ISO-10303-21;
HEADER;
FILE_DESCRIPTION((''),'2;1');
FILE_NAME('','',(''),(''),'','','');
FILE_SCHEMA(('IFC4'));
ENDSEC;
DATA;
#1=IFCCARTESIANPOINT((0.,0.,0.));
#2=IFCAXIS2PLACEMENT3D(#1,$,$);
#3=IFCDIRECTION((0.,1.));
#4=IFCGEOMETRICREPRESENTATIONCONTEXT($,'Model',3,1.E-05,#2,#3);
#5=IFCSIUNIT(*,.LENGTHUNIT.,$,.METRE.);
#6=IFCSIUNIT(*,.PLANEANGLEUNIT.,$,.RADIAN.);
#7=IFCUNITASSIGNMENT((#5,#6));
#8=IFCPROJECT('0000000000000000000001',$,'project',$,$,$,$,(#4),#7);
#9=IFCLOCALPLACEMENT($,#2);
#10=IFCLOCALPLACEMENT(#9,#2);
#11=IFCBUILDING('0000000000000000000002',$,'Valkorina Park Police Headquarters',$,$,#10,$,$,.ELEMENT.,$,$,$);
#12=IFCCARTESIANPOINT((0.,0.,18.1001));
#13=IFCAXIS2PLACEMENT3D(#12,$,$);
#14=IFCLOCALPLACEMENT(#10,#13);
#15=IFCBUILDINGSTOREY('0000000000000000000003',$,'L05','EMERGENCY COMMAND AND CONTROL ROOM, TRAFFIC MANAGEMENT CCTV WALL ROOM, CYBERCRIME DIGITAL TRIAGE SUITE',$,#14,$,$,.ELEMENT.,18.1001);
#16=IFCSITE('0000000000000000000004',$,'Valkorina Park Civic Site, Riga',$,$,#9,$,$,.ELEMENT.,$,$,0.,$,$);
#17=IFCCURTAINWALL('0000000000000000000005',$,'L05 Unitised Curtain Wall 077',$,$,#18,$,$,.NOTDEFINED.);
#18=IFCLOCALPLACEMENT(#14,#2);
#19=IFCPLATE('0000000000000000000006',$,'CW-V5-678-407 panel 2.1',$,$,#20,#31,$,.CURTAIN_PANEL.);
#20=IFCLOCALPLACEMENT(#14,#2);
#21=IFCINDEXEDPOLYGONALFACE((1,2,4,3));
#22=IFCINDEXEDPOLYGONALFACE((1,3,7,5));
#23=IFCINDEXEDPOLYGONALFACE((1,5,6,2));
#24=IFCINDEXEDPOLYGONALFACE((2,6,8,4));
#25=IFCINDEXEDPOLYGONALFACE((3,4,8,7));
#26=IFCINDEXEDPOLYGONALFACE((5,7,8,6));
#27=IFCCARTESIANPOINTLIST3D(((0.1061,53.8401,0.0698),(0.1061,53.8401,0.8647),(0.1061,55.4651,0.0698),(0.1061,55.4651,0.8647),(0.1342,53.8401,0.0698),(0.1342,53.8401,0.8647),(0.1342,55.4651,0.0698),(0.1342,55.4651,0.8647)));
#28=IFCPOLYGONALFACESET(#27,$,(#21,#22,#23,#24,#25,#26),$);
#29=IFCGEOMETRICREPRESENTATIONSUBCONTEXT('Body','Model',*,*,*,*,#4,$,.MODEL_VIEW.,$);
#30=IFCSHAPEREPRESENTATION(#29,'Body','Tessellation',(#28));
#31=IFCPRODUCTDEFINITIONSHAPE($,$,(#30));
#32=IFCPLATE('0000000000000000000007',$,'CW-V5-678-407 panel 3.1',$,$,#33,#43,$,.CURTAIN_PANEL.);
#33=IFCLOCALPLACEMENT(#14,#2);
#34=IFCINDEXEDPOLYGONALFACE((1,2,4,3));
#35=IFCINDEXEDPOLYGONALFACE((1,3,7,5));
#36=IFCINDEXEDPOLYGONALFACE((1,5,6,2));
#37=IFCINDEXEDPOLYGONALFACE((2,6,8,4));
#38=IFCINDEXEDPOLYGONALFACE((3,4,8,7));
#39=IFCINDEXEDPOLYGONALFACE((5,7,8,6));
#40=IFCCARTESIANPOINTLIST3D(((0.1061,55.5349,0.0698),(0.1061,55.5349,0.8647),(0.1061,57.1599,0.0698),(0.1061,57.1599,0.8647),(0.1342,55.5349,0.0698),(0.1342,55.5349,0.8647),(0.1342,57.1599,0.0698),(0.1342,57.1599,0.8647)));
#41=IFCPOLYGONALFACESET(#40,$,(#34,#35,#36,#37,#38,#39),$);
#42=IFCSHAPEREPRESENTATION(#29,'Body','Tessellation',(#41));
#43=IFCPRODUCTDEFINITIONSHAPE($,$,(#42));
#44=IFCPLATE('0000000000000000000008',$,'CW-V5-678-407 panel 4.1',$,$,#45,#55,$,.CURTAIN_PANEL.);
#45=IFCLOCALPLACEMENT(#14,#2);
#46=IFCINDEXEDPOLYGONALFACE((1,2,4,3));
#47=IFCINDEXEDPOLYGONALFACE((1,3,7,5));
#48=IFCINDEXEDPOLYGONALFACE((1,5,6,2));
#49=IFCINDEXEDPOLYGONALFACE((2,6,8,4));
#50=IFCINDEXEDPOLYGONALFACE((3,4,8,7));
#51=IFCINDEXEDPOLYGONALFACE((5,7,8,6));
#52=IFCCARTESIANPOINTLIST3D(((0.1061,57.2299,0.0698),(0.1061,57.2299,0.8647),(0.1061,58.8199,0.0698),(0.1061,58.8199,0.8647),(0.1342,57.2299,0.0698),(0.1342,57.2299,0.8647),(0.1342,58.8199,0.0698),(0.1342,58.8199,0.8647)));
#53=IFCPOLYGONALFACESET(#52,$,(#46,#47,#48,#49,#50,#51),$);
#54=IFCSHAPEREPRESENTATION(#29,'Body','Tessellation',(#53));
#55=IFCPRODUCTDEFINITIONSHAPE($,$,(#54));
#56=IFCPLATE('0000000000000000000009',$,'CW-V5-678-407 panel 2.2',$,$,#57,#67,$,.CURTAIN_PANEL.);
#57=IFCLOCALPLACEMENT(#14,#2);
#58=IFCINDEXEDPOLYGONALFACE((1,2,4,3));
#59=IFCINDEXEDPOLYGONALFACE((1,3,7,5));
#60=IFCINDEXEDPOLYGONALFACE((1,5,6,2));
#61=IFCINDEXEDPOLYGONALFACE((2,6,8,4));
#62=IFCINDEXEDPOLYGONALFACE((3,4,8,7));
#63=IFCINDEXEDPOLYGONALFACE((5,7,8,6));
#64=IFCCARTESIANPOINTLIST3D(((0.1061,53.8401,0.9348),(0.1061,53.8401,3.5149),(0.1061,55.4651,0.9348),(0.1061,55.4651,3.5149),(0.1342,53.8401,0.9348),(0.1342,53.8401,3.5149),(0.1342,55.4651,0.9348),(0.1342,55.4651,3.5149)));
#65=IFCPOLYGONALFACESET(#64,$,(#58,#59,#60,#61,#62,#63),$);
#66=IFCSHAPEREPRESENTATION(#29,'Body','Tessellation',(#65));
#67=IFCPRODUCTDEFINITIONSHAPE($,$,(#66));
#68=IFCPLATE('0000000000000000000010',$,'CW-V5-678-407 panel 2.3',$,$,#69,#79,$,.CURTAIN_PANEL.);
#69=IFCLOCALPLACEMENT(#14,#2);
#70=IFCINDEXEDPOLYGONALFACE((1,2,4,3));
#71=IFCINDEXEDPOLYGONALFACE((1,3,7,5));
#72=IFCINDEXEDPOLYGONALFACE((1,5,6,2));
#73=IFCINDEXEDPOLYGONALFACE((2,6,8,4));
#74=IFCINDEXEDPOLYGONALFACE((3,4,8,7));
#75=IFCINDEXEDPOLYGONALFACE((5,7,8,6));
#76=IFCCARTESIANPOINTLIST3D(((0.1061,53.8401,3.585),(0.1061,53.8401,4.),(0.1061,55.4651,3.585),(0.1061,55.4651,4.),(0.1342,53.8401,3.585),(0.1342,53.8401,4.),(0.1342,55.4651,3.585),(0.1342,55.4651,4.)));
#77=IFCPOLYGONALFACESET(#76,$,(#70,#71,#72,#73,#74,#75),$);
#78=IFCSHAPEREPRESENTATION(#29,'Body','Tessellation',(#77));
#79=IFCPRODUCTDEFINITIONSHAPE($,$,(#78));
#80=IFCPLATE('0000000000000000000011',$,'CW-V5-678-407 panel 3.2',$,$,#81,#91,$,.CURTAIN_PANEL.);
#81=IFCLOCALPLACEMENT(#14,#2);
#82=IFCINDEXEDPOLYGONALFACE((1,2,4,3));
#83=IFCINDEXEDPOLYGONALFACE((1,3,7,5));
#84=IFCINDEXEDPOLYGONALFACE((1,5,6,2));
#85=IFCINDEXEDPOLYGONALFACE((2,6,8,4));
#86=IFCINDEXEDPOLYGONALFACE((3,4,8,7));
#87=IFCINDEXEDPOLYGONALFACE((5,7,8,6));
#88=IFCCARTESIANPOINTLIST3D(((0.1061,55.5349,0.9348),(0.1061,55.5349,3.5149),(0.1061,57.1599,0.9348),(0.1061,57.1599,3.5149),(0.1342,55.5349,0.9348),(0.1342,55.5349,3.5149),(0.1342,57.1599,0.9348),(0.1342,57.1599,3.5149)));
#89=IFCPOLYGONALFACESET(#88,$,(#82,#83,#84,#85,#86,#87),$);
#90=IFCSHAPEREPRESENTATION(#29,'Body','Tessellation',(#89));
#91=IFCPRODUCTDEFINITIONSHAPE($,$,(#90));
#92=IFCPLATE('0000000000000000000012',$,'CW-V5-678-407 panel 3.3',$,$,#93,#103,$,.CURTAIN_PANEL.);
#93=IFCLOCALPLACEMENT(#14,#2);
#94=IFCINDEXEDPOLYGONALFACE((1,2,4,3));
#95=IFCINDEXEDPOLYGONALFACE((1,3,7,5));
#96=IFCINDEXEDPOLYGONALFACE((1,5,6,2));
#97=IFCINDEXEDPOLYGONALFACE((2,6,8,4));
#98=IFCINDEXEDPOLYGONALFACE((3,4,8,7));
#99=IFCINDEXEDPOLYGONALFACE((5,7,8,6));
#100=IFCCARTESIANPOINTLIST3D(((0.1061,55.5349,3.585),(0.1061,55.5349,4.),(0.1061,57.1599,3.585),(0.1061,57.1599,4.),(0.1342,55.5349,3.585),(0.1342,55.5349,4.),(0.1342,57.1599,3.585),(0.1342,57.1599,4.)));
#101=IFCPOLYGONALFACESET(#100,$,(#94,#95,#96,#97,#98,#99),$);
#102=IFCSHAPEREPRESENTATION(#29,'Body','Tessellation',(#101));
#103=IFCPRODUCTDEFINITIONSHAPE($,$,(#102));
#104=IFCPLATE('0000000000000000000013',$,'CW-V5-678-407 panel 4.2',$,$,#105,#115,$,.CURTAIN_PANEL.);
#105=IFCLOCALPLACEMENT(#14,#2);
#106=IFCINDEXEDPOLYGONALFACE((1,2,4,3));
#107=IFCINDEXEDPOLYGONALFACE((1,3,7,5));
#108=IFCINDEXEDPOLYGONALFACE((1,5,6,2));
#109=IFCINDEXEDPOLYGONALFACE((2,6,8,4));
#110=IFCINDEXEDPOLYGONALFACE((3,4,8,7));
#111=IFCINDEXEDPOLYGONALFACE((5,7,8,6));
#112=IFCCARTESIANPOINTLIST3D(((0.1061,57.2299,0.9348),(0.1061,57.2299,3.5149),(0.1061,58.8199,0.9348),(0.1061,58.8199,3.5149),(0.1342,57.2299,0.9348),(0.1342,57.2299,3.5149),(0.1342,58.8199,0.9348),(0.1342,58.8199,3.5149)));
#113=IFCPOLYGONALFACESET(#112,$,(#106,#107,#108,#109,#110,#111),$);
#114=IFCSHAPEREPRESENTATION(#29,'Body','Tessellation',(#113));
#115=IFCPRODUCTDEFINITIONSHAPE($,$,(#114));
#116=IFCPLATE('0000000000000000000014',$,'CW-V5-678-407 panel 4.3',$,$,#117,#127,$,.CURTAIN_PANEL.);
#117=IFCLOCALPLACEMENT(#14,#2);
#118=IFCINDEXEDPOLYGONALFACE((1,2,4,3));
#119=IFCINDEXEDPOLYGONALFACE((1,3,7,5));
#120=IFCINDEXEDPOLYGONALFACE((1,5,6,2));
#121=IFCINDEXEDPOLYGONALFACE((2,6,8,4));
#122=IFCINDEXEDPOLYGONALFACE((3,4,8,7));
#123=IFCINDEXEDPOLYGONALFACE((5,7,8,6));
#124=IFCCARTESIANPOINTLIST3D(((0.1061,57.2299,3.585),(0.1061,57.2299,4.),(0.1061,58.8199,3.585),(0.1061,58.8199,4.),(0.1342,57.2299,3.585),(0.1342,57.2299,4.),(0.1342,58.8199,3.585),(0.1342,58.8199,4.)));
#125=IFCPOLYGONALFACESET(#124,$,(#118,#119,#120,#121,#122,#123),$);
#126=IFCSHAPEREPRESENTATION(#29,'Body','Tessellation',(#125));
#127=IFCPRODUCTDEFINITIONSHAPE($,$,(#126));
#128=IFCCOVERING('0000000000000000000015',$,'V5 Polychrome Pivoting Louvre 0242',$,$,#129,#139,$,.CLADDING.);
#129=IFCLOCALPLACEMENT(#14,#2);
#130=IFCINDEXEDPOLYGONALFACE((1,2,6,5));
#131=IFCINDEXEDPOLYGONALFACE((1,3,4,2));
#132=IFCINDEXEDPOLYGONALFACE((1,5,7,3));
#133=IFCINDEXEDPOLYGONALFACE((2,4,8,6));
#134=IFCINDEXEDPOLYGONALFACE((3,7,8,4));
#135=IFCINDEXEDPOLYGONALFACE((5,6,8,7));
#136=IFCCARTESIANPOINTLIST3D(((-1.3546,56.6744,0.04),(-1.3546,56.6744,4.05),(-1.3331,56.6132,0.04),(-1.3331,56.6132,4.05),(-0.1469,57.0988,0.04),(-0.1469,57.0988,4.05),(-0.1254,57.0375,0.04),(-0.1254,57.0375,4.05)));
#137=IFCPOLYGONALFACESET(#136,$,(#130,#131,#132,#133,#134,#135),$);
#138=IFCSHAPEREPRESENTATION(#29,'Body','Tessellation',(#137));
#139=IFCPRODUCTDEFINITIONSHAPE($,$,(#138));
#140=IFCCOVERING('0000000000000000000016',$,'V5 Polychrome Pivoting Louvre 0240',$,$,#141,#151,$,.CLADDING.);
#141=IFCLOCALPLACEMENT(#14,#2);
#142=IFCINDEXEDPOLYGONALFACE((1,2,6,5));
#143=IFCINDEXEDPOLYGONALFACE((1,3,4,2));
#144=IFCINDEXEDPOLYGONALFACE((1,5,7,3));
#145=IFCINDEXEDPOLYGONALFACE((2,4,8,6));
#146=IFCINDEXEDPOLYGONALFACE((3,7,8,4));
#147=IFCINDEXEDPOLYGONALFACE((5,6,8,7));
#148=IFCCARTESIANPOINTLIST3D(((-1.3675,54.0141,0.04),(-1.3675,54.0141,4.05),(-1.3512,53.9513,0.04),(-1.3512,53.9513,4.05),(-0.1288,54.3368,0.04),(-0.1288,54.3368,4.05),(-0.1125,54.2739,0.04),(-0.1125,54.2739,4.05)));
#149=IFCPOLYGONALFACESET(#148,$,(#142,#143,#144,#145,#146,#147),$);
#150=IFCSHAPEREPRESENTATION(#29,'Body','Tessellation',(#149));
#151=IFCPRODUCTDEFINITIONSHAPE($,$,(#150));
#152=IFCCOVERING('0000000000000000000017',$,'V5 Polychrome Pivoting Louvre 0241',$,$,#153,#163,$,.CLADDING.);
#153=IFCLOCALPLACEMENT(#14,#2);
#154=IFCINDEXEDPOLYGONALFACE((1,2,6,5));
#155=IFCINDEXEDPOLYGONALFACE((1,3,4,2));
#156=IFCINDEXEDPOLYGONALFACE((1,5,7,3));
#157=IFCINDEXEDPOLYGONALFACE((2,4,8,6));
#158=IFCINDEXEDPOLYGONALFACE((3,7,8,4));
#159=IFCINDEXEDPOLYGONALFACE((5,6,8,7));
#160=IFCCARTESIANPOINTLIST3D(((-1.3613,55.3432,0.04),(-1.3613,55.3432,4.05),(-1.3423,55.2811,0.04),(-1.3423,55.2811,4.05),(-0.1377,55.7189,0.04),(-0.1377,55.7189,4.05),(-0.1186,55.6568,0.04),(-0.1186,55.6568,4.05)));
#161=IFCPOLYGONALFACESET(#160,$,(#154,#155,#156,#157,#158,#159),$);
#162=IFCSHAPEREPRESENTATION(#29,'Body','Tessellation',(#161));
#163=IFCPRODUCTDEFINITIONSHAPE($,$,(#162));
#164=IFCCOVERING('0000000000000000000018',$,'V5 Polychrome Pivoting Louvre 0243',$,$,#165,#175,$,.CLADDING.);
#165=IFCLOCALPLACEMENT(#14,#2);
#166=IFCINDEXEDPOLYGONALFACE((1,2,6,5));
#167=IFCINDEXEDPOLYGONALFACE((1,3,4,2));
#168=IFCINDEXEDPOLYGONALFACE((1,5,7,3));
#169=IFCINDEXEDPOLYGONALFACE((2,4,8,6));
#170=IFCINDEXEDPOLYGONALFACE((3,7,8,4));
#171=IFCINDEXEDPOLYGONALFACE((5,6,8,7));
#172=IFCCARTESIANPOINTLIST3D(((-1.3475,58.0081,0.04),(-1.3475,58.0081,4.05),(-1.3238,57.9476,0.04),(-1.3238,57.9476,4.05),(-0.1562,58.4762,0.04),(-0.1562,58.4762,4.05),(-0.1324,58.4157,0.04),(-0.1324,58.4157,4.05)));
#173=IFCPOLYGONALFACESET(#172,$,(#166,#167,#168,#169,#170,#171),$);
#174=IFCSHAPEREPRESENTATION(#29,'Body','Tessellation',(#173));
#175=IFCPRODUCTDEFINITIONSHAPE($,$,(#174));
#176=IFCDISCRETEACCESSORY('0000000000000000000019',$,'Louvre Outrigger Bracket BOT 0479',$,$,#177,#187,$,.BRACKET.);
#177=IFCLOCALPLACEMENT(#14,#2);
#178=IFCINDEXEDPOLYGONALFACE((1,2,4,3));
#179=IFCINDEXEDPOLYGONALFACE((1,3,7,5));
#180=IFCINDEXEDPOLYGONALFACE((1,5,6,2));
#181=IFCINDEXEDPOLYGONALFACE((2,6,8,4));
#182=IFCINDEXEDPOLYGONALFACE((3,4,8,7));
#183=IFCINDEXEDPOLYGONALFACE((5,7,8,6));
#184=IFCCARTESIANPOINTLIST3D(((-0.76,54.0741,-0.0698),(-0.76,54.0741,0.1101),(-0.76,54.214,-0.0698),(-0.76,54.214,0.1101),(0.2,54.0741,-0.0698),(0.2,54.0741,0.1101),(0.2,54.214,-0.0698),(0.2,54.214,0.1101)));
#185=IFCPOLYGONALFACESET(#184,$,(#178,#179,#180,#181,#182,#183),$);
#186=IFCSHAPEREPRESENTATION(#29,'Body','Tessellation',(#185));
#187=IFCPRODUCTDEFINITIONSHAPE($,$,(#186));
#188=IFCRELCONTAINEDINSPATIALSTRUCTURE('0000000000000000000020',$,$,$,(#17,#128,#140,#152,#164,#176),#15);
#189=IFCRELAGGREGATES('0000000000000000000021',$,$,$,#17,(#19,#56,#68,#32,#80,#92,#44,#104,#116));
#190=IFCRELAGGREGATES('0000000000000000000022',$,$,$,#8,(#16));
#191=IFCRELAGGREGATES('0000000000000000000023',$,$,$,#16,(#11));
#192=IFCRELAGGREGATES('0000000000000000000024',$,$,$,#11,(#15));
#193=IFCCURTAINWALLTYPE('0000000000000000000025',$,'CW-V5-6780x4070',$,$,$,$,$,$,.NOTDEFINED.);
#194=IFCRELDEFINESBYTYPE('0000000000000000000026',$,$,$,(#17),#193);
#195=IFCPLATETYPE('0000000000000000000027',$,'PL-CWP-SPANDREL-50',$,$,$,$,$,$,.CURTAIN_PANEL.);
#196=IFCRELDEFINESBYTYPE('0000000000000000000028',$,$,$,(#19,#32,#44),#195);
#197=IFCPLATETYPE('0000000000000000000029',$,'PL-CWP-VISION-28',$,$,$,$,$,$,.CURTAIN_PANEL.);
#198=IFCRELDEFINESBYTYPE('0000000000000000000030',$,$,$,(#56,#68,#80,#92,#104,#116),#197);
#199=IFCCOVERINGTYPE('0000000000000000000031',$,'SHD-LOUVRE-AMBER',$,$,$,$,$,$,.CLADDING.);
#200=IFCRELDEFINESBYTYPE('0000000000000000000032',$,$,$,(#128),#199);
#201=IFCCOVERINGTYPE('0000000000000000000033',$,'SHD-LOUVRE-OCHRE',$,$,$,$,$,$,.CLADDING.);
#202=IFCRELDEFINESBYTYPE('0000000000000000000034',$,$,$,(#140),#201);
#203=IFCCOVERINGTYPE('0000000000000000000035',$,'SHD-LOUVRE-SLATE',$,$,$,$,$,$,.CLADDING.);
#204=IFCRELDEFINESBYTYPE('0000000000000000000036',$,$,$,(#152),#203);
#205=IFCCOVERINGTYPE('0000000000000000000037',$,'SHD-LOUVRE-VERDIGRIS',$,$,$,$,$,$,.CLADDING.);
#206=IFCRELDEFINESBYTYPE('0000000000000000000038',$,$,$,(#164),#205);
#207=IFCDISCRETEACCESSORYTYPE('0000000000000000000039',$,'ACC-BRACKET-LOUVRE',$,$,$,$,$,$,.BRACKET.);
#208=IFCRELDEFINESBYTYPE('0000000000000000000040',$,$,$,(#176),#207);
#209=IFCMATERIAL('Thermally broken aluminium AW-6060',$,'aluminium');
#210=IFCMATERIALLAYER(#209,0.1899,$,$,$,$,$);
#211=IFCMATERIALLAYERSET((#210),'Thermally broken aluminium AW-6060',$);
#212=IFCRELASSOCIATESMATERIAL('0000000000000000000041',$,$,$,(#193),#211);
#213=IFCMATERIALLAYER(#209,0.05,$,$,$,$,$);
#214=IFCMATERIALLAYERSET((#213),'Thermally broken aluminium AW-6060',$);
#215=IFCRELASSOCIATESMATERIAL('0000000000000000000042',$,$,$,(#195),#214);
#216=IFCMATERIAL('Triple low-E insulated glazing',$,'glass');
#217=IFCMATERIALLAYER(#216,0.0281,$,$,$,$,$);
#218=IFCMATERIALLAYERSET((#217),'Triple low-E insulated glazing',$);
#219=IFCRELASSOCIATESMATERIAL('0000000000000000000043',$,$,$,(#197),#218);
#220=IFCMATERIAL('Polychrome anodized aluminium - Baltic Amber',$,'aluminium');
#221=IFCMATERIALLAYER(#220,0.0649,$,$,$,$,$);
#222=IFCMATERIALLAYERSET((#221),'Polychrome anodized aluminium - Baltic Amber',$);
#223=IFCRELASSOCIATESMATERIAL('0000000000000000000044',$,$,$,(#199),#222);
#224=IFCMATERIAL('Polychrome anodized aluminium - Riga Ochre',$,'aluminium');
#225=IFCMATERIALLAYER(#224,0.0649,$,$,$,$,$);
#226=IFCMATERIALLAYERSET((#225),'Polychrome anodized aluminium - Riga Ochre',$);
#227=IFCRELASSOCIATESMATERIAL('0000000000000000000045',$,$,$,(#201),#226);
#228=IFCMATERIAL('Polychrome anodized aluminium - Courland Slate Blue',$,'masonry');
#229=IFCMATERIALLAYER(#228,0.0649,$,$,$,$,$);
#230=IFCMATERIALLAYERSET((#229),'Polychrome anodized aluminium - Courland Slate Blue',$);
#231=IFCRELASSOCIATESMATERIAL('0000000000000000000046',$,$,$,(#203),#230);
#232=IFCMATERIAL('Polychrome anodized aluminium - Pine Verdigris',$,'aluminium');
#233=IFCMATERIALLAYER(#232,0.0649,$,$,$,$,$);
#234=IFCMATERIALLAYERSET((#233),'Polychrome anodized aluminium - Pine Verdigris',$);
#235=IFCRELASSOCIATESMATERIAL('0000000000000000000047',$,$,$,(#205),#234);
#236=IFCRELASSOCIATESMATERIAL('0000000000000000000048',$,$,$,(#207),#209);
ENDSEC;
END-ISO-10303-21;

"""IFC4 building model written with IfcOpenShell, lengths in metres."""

from ifc_helpers import new_model, si_unit, direction, frame, origin, origin_2d, place, context, subcontext, project, spatial, rectangle, extrude, material, layer, layer_set, type_object, element, aggregate, save


model = new_model("IFC4")

# Units and contexts
model_context = context("Model", 3, precision=1e-05, world=origin(), true_north=direction((0.0, 1.0)))
body_context = subcontext(model_context, "Body", "Model", "MODEL_VIEW")
ifc_project = project(units=[si_unit("LENGTHUNIT", "METRE"), si_unit("PLANEANGLEUNIT", "RADIAN")], contexts=[model_context])

# Site, building, storey
site_placement = place(None, origin())
site = spatial("IfcSite", under=ifc_project, at=site_placement, Name="Valkorina Park Civic Site, Riga", CompositionType="ELEMENT", RefElevation=0.0)
building_placement = place(site_placement, origin())
building = spatial("IfcBuilding", under=site, at=building_placement, Name="Valkorina Park Police Headquarters", CompositionType="ELEMENT")
storey_placement = place(building_placement, frame((0.0, 0.0, 18.1001)))
storey = spatial("IfcBuildingStorey", under=building, at=storey_placement, Name="L05", Description="EMERGENCY COMMAND AND CONTROL ROOM, TRAFFIC MANAGEMENT CCTV WALL ROOM, CYBERCRIME DIGITAL TRIAGE SUITE", CompositionType="ELEMENT", Elevation=18.1001)

# Curtain wall
ifc_material_1 = material(Name="Thermally broken aluminium AW-6060", Category="aluminium")
ifc_layer_1 = layer(ifc_material_1, 0.1899)
ifc_layer_set_1 = layer_set([ifc_layer_1], Name="Thermally broken aluminium AW-6060")
curtain_wall_type_1 = type_object("IfcCurtainWallType", Name="CW-V5-6780x4070", PredefinedType="NOTDEFINED", material=ifc_layer_set_1)
curtain_wall_1_placement = place(storey_placement, origin())
curtain_wall_1 = element("IfcCurtainWall", 1, at=curtain_wall_1_placement, inside=storey, type_object=curtain_wall_type_1, Name="L05 Unitised Curtain Wall 077", PredefinedType="NOTDEFINED")

# Plates
ifc_layer_2 = layer(ifc_material_1, 0.05)
ifc_layer_set_2 = layer_set([ifc_layer_2], Name="Thermally broken aluminium AW-6060")
plate_type_1 = type_object("IfcPlateType", Name="PL-CWP-SPANDREL-50", PredefinedType="CURTAIN_PANEL", material=ifc_layer_set_2)
plate_1_placement = place(storey_placement, frame((0.1201, 54.6526, 0.0698), z_axis=(0.0, 0.0, 1.0), x_axis=(0.0, 1.0, 0.0)))
plate_1 = element("IfcPlate", 2, at=plate_1_placement, type_object=plate_type_1, Name="CW-V5-678-407 panel 2.1", PredefinedType="CURTAIN_PANEL", context=body_context, shape_type="SweptSolid", body=[
    extrude(rectangle(XDim=1.625, YDim=0.0281, at=origin_2d()), origin(), (0.0, 0.0, 1.0), 0.7949),
])
plate_2_placement = place(storey_placement, frame((0.1201, 56.3474, 0.0698), z_axis=(0.0, 0.0, 1.0), x_axis=(0.0, 1.0, 0.0)))
plate_2 = element("IfcPlate", 3, at=plate_2_placement, type_object=plate_type_1, Name="CW-V5-678-407 panel 3.1", PredefinedType="CURTAIN_PANEL", context=body_context, shape_type="SweptSolid", body=[
    extrude(rectangle(XDim=1.625, YDim=0.0281, at=origin_2d()), origin(), (0.0, 0.0, 1.0), 0.7949),
])
plate_3_placement = place(storey_placement, frame((0.1201, 58.0249, 0.0698), z_axis=(0.0, 0.0, 1.0), x_axis=(0.0, 1.0, 0.0)))
plate_3 = element("IfcPlate", 4, at=plate_3_placement, type_object=plate_type_1, Name="CW-V5-678-407 panel 4.1", PredefinedType="CURTAIN_PANEL", context=body_context, shape_type="SweptSolid", body=[
    extrude(rectangle(XDim=1.5901, YDim=0.0281, at=origin_2d()), origin(), (0.0, 0.0, 1.0), 0.7949),
])
ifc_material_2 = material(Name="Triple low-E insulated glazing", Category="glass")
ifc_layer_3 = layer(ifc_material_2, 0.0281)
ifc_layer_set_3 = layer_set([ifc_layer_3], Name="Triple low-E insulated glazing")
plate_type_2 = type_object("IfcPlateType", Name="PL-CWP-VISION-28", PredefinedType="CURTAIN_PANEL", material=ifc_layer_set_3)
plate_4_placement = place(storey_placement, frame((0.1201, 54.6526, 0.9348), z_axis=(0.0, 0.0, 1.0), x_axis=(0.0, 1.0, 0.0)))
plate_4 = element("IfcPlate", 5, at=plate_4_placement, type_object=plate_type_2, Name="CW-V5-678-407 panel 2.2", PredefinedType="CURTAIN_PANEL", context=body_context, shape_type="SweptSolid", body=[
    extrude(rectangle(XDim=1.625, YDim=0.0281, at=origin_2d()), origin(), (0.0, 0.0, 1.0), 2.5801),
])
plate_5_placement = place(storey_placement, frame((0.1201, 54.6526, 3.585), z_axis=(0.0, 0.0, 1.0), x_axis=(0.0, 1.0, 0.0)))
plate_5 = element("IfcPlate", 6, at=plate_5_placement, type_object=plate_type_2, Name="CW-V5-678-407 panel 2.3", PredefinedType="CURTAIN_PANEL", context=body_context, shape_type="SweptSolid", body=[
    extrude(rectangle(XDim=1.625, YDim=0.0281, at=origin_2d()), origin(), (0.0, 0.0, 1.0), 0.415),
])
plate_6_placement = place(storey_placement, frame((0.1201, 56.3474, 0.9348), z_axis=(0.0, 0.0, 1.0), x_axis=(0.0, 1.0, 0.0)))
plate_6 = element("IfcPlate", 7, at=plate_6_placement, type_object=plate_type_2, Name="CW-V5-678-407 panel 3.2", PredefinedType="CURTAIN_PANEL", context=body_context, shape_type="SweptSolid", body=[
    extrude(rectangle(XDim=1.625, YDim=0.0281, at=origin_2d()), origin(), (0.0, 0.0, 1.0), 2.5801),
])
plate_7_placement = place(storey_placement, frame((0.1201, 56.3474, 3.585), z_axis=(0.0, 0.0, 1.0), x_axis=(0.0, 1.0, 0.0)))
plate_7 = element("IfcPlate", 8, at=plate_7_placement, type_object=plate_type_2, Name="CW-V5-678-407 panel 3.3", PredefinedType="CURTAIN_PANEL", context=body_context, shape_type="SweptSolid", body=[
    extrude(rectangle(XDim=1.625, YDim=0.0281, at=origin_2d()), origin(), (0.0, 0.0, 1.0), 0.415),
])
plate_8_placement = place(storey_placement, frame((0.1201, 58.0249, 0.9348), z_axis=(0.0, 0.0, 1.0), x_axis=(0.0, 1.0, 0.0)))
plate_8 = element("IfcPlate", 9, at=plate_8_placement, type_object=plate_type_2, Name="CW-V5-678-407 panel 4.2", PredefinedType="CURTAIN_PANEL", context=body_context, shape_type="SweptSolid", body=[
    extrude(rectangle(XDim=1.5901, YDim=0.0281, at=origin_2d()), origin(), (0.0, 0.0, 1.0), 2.5801),
])
plate_9_placement = place(storey_placement, frame((0.1201, 58.0249, 3.585), z_axis=(0.0, 0.0, 1.0), x_axis=(0.0, 1.0, 0.0)))
plate_9 = element("IfcPlate", 10, at=plate_9_placement, type_object=plate_type_2, Name="CW-V5-678-407 panel 4.3", PredefinedType="CURTAIN_PANEL", context=body_context, shape_type="SweptSolid", body=[
    extrude(rectangle(XDim=1.5901, YDim=0.0281, at=origin_2d()), origin(), (0.0, 0.0, 1.0), 0.415),
])
aggregate(curtain_wall_1, [plate_1, plate_4, plate_5, plate_2, plate_6, plate_7, plate_3, plate_8, plate_9])

# Coverings
ifc_material_3 = material(Name="Polychrome anodized aluminium - Baltic Amber", Category="aluminium")
ifc_layer_4 = layer(ifc_material_3, 0.0649)
ifc_layer_set_4 = layer_set([ifc_layer_4], Name="Polychrome anodized aluminium - Baltic Amber")
covering_type_1 = type_object("IfcCoveringType", Name="SHD-LOUVRE-AMBER", PredefinedType="CLADDING", material=ifc_layer_set_4)
covering_1_placement = place(storey_placement, frame((-0.74, 56.856, 0.04), z_axis=(0.0, 0.0, 1.0), x_axis=(-0.943454, -0.331503, 0.0)))
element("IfcCovering", 11, at=covering_1_placement, inside=storey, type_object=covering_type_1, Name="V5 Polychrome Pivoting Louvre 0242", PredefinedType="CLADDING", context=body_context, shape_type="SweptSolid", body=[
    extrude(rectangle(XDim=1.28, YDim=0.0649, at=origin_2d()), origin(), (0.0, 0.0, 1.0), 4.01),
])
ifc_material_4 = material(Name="Polychrome anodized aluminium - Riga Ochre", Category="aluminium")
ifc_layer_5 = layer(ifc_material_4, 0.0649)
ifc_layer_set_5 = layer_set([ifc_layer_5], Name="Polychrome anodized aluminium - Riga Ochre")
covering_type_2 = type_object("IfcCoveringType", Name="SHD-LOUVRE-OCHRE", PredefinedType="CLADDING", material=ifc_layer_set_5)
covering_2_placement = place(storey_placement, frame((-0.74, 54.144, 0.04), z_axis=(0.0, 0.0, 1.0), x_axis=(-0.967709, -0.252069, 0.0)))
element("IfcCovering", 12, at=covering_2_placement, inside=storey, type_object=covering_type_2, Name="V5 Polychrome Pivoting Louvre 0240", PredefinedType="CLADDING", context=body_context, shape_type="SweptSolid", body=[
    extrude(rectangle(XDim=1.28, YDim=0.0649, at=origin_2d()), origin(), (0.0, 0.0, 1.0), 4.01),
])
ifc_material_5 = material(Name="Polychrome anodized aluminium - Courland Slate Blue", Category="masonry")
ifc_layer_6 = layer(ifc_material_5, 0.0649)
ifc_layer_set_6 = layer_set([ifc_layer_6], Name="Polychrome anodized aluminium - Courland Slate Blue")
covering_type_3 = type_object("IfcCoveringType", Name="SHD-LOUVRE-SLATE", PredefinedType="CLADDING", material=ifc_layer_set_6)
covering_3_placement = place(storey_placement, frame((-0.74, 55.5, 0.04), z_axis=(0.0, 0.0, 1.0), x_axis=(-0.955947, -0.29354, 0.0)))
element("IfcCovering", 13, at=covering_3_placement, inside=storey, type_object=covering_type_3, Name="V5 Polychrome Pivoting Louvre 0241", PredefinedType="CLADDING", context=body_context, shape_type="SweptSolid", body=[
    extrude(rectangle(XDim=1.28, YDim=0.0649, at=origin_2d()), origin(), (0.0, 0.0, 1.0), 4.01),
])
ifc_material_6 = material(Name="Polychrome anodized aluminium - Pine Verdigris", Category="aluminium")
ifc_layer_7 = layer(ifc_material_6, 0.0649)
ifc_layer_set_7 = layer_set([ifc_layer_7], Name="Polychrome anodized aluminium - Pine Verdigris")
covering_type_4 = type_object("IfcCoveringType", Name="SHD-LOUVRE-VERDIGRIS", PredefinedType="CLADDING", material=ifc_layer_set_7)
covering_4_placement = place(storey_placement, frame((-0.74, 58.2119, 0.04), z_axis=(0.0, 0.0, 1.0), x_axis=(-0.930737, -0.365689, 0.0)))
element("IfcCovering", 14, at=covering_4_placement, inside=storey, type_object=covering_type_4, Name="V5 Polychrome Pivoting Louvre 0243", PredefinedType="CLADDING", context=body_context, shape_type="SweptSolid", body=[
    extrude(rectangle(XDim=1.28, YDim=0.0649, at=origin_2d()), origin(), (0.0, 0.0, 1.0), 4.01),
])

# Discrete accessory
discrete_accessory_type = type_object("IfcDiscreteAccessoryType", Name="ACC-BRACKET-LOUVRE", PredefinedType="BRACKET", material=ifc_material_1)
for number, where, z_axis, x_axis, name in (
    (15, (-0.28, 54.144, -0.0698), (0.0, 0.0, 1.0), (-1.0, 0.0, 0.0), "Louvre Outrigger Bracket BOT 0479"),
):
    element("IfcDiscreteAccessory", number, at=place(storey_placement, frame(where, z_axis=z_axis, x_axis=x_axis)), inside=storey, type_object=discrete_accessory_type, Name=name, PredefinedType="BRACKET", context=body_context, shape_type="SweptSolid", body=[
        extrude(rectangle(XDim=0.96, YDim=0.1399, at=origin_2d()), origin(), (0.0, 0.0, 1.0), 0.1799),
    ])

save(model, "model.ifc")
